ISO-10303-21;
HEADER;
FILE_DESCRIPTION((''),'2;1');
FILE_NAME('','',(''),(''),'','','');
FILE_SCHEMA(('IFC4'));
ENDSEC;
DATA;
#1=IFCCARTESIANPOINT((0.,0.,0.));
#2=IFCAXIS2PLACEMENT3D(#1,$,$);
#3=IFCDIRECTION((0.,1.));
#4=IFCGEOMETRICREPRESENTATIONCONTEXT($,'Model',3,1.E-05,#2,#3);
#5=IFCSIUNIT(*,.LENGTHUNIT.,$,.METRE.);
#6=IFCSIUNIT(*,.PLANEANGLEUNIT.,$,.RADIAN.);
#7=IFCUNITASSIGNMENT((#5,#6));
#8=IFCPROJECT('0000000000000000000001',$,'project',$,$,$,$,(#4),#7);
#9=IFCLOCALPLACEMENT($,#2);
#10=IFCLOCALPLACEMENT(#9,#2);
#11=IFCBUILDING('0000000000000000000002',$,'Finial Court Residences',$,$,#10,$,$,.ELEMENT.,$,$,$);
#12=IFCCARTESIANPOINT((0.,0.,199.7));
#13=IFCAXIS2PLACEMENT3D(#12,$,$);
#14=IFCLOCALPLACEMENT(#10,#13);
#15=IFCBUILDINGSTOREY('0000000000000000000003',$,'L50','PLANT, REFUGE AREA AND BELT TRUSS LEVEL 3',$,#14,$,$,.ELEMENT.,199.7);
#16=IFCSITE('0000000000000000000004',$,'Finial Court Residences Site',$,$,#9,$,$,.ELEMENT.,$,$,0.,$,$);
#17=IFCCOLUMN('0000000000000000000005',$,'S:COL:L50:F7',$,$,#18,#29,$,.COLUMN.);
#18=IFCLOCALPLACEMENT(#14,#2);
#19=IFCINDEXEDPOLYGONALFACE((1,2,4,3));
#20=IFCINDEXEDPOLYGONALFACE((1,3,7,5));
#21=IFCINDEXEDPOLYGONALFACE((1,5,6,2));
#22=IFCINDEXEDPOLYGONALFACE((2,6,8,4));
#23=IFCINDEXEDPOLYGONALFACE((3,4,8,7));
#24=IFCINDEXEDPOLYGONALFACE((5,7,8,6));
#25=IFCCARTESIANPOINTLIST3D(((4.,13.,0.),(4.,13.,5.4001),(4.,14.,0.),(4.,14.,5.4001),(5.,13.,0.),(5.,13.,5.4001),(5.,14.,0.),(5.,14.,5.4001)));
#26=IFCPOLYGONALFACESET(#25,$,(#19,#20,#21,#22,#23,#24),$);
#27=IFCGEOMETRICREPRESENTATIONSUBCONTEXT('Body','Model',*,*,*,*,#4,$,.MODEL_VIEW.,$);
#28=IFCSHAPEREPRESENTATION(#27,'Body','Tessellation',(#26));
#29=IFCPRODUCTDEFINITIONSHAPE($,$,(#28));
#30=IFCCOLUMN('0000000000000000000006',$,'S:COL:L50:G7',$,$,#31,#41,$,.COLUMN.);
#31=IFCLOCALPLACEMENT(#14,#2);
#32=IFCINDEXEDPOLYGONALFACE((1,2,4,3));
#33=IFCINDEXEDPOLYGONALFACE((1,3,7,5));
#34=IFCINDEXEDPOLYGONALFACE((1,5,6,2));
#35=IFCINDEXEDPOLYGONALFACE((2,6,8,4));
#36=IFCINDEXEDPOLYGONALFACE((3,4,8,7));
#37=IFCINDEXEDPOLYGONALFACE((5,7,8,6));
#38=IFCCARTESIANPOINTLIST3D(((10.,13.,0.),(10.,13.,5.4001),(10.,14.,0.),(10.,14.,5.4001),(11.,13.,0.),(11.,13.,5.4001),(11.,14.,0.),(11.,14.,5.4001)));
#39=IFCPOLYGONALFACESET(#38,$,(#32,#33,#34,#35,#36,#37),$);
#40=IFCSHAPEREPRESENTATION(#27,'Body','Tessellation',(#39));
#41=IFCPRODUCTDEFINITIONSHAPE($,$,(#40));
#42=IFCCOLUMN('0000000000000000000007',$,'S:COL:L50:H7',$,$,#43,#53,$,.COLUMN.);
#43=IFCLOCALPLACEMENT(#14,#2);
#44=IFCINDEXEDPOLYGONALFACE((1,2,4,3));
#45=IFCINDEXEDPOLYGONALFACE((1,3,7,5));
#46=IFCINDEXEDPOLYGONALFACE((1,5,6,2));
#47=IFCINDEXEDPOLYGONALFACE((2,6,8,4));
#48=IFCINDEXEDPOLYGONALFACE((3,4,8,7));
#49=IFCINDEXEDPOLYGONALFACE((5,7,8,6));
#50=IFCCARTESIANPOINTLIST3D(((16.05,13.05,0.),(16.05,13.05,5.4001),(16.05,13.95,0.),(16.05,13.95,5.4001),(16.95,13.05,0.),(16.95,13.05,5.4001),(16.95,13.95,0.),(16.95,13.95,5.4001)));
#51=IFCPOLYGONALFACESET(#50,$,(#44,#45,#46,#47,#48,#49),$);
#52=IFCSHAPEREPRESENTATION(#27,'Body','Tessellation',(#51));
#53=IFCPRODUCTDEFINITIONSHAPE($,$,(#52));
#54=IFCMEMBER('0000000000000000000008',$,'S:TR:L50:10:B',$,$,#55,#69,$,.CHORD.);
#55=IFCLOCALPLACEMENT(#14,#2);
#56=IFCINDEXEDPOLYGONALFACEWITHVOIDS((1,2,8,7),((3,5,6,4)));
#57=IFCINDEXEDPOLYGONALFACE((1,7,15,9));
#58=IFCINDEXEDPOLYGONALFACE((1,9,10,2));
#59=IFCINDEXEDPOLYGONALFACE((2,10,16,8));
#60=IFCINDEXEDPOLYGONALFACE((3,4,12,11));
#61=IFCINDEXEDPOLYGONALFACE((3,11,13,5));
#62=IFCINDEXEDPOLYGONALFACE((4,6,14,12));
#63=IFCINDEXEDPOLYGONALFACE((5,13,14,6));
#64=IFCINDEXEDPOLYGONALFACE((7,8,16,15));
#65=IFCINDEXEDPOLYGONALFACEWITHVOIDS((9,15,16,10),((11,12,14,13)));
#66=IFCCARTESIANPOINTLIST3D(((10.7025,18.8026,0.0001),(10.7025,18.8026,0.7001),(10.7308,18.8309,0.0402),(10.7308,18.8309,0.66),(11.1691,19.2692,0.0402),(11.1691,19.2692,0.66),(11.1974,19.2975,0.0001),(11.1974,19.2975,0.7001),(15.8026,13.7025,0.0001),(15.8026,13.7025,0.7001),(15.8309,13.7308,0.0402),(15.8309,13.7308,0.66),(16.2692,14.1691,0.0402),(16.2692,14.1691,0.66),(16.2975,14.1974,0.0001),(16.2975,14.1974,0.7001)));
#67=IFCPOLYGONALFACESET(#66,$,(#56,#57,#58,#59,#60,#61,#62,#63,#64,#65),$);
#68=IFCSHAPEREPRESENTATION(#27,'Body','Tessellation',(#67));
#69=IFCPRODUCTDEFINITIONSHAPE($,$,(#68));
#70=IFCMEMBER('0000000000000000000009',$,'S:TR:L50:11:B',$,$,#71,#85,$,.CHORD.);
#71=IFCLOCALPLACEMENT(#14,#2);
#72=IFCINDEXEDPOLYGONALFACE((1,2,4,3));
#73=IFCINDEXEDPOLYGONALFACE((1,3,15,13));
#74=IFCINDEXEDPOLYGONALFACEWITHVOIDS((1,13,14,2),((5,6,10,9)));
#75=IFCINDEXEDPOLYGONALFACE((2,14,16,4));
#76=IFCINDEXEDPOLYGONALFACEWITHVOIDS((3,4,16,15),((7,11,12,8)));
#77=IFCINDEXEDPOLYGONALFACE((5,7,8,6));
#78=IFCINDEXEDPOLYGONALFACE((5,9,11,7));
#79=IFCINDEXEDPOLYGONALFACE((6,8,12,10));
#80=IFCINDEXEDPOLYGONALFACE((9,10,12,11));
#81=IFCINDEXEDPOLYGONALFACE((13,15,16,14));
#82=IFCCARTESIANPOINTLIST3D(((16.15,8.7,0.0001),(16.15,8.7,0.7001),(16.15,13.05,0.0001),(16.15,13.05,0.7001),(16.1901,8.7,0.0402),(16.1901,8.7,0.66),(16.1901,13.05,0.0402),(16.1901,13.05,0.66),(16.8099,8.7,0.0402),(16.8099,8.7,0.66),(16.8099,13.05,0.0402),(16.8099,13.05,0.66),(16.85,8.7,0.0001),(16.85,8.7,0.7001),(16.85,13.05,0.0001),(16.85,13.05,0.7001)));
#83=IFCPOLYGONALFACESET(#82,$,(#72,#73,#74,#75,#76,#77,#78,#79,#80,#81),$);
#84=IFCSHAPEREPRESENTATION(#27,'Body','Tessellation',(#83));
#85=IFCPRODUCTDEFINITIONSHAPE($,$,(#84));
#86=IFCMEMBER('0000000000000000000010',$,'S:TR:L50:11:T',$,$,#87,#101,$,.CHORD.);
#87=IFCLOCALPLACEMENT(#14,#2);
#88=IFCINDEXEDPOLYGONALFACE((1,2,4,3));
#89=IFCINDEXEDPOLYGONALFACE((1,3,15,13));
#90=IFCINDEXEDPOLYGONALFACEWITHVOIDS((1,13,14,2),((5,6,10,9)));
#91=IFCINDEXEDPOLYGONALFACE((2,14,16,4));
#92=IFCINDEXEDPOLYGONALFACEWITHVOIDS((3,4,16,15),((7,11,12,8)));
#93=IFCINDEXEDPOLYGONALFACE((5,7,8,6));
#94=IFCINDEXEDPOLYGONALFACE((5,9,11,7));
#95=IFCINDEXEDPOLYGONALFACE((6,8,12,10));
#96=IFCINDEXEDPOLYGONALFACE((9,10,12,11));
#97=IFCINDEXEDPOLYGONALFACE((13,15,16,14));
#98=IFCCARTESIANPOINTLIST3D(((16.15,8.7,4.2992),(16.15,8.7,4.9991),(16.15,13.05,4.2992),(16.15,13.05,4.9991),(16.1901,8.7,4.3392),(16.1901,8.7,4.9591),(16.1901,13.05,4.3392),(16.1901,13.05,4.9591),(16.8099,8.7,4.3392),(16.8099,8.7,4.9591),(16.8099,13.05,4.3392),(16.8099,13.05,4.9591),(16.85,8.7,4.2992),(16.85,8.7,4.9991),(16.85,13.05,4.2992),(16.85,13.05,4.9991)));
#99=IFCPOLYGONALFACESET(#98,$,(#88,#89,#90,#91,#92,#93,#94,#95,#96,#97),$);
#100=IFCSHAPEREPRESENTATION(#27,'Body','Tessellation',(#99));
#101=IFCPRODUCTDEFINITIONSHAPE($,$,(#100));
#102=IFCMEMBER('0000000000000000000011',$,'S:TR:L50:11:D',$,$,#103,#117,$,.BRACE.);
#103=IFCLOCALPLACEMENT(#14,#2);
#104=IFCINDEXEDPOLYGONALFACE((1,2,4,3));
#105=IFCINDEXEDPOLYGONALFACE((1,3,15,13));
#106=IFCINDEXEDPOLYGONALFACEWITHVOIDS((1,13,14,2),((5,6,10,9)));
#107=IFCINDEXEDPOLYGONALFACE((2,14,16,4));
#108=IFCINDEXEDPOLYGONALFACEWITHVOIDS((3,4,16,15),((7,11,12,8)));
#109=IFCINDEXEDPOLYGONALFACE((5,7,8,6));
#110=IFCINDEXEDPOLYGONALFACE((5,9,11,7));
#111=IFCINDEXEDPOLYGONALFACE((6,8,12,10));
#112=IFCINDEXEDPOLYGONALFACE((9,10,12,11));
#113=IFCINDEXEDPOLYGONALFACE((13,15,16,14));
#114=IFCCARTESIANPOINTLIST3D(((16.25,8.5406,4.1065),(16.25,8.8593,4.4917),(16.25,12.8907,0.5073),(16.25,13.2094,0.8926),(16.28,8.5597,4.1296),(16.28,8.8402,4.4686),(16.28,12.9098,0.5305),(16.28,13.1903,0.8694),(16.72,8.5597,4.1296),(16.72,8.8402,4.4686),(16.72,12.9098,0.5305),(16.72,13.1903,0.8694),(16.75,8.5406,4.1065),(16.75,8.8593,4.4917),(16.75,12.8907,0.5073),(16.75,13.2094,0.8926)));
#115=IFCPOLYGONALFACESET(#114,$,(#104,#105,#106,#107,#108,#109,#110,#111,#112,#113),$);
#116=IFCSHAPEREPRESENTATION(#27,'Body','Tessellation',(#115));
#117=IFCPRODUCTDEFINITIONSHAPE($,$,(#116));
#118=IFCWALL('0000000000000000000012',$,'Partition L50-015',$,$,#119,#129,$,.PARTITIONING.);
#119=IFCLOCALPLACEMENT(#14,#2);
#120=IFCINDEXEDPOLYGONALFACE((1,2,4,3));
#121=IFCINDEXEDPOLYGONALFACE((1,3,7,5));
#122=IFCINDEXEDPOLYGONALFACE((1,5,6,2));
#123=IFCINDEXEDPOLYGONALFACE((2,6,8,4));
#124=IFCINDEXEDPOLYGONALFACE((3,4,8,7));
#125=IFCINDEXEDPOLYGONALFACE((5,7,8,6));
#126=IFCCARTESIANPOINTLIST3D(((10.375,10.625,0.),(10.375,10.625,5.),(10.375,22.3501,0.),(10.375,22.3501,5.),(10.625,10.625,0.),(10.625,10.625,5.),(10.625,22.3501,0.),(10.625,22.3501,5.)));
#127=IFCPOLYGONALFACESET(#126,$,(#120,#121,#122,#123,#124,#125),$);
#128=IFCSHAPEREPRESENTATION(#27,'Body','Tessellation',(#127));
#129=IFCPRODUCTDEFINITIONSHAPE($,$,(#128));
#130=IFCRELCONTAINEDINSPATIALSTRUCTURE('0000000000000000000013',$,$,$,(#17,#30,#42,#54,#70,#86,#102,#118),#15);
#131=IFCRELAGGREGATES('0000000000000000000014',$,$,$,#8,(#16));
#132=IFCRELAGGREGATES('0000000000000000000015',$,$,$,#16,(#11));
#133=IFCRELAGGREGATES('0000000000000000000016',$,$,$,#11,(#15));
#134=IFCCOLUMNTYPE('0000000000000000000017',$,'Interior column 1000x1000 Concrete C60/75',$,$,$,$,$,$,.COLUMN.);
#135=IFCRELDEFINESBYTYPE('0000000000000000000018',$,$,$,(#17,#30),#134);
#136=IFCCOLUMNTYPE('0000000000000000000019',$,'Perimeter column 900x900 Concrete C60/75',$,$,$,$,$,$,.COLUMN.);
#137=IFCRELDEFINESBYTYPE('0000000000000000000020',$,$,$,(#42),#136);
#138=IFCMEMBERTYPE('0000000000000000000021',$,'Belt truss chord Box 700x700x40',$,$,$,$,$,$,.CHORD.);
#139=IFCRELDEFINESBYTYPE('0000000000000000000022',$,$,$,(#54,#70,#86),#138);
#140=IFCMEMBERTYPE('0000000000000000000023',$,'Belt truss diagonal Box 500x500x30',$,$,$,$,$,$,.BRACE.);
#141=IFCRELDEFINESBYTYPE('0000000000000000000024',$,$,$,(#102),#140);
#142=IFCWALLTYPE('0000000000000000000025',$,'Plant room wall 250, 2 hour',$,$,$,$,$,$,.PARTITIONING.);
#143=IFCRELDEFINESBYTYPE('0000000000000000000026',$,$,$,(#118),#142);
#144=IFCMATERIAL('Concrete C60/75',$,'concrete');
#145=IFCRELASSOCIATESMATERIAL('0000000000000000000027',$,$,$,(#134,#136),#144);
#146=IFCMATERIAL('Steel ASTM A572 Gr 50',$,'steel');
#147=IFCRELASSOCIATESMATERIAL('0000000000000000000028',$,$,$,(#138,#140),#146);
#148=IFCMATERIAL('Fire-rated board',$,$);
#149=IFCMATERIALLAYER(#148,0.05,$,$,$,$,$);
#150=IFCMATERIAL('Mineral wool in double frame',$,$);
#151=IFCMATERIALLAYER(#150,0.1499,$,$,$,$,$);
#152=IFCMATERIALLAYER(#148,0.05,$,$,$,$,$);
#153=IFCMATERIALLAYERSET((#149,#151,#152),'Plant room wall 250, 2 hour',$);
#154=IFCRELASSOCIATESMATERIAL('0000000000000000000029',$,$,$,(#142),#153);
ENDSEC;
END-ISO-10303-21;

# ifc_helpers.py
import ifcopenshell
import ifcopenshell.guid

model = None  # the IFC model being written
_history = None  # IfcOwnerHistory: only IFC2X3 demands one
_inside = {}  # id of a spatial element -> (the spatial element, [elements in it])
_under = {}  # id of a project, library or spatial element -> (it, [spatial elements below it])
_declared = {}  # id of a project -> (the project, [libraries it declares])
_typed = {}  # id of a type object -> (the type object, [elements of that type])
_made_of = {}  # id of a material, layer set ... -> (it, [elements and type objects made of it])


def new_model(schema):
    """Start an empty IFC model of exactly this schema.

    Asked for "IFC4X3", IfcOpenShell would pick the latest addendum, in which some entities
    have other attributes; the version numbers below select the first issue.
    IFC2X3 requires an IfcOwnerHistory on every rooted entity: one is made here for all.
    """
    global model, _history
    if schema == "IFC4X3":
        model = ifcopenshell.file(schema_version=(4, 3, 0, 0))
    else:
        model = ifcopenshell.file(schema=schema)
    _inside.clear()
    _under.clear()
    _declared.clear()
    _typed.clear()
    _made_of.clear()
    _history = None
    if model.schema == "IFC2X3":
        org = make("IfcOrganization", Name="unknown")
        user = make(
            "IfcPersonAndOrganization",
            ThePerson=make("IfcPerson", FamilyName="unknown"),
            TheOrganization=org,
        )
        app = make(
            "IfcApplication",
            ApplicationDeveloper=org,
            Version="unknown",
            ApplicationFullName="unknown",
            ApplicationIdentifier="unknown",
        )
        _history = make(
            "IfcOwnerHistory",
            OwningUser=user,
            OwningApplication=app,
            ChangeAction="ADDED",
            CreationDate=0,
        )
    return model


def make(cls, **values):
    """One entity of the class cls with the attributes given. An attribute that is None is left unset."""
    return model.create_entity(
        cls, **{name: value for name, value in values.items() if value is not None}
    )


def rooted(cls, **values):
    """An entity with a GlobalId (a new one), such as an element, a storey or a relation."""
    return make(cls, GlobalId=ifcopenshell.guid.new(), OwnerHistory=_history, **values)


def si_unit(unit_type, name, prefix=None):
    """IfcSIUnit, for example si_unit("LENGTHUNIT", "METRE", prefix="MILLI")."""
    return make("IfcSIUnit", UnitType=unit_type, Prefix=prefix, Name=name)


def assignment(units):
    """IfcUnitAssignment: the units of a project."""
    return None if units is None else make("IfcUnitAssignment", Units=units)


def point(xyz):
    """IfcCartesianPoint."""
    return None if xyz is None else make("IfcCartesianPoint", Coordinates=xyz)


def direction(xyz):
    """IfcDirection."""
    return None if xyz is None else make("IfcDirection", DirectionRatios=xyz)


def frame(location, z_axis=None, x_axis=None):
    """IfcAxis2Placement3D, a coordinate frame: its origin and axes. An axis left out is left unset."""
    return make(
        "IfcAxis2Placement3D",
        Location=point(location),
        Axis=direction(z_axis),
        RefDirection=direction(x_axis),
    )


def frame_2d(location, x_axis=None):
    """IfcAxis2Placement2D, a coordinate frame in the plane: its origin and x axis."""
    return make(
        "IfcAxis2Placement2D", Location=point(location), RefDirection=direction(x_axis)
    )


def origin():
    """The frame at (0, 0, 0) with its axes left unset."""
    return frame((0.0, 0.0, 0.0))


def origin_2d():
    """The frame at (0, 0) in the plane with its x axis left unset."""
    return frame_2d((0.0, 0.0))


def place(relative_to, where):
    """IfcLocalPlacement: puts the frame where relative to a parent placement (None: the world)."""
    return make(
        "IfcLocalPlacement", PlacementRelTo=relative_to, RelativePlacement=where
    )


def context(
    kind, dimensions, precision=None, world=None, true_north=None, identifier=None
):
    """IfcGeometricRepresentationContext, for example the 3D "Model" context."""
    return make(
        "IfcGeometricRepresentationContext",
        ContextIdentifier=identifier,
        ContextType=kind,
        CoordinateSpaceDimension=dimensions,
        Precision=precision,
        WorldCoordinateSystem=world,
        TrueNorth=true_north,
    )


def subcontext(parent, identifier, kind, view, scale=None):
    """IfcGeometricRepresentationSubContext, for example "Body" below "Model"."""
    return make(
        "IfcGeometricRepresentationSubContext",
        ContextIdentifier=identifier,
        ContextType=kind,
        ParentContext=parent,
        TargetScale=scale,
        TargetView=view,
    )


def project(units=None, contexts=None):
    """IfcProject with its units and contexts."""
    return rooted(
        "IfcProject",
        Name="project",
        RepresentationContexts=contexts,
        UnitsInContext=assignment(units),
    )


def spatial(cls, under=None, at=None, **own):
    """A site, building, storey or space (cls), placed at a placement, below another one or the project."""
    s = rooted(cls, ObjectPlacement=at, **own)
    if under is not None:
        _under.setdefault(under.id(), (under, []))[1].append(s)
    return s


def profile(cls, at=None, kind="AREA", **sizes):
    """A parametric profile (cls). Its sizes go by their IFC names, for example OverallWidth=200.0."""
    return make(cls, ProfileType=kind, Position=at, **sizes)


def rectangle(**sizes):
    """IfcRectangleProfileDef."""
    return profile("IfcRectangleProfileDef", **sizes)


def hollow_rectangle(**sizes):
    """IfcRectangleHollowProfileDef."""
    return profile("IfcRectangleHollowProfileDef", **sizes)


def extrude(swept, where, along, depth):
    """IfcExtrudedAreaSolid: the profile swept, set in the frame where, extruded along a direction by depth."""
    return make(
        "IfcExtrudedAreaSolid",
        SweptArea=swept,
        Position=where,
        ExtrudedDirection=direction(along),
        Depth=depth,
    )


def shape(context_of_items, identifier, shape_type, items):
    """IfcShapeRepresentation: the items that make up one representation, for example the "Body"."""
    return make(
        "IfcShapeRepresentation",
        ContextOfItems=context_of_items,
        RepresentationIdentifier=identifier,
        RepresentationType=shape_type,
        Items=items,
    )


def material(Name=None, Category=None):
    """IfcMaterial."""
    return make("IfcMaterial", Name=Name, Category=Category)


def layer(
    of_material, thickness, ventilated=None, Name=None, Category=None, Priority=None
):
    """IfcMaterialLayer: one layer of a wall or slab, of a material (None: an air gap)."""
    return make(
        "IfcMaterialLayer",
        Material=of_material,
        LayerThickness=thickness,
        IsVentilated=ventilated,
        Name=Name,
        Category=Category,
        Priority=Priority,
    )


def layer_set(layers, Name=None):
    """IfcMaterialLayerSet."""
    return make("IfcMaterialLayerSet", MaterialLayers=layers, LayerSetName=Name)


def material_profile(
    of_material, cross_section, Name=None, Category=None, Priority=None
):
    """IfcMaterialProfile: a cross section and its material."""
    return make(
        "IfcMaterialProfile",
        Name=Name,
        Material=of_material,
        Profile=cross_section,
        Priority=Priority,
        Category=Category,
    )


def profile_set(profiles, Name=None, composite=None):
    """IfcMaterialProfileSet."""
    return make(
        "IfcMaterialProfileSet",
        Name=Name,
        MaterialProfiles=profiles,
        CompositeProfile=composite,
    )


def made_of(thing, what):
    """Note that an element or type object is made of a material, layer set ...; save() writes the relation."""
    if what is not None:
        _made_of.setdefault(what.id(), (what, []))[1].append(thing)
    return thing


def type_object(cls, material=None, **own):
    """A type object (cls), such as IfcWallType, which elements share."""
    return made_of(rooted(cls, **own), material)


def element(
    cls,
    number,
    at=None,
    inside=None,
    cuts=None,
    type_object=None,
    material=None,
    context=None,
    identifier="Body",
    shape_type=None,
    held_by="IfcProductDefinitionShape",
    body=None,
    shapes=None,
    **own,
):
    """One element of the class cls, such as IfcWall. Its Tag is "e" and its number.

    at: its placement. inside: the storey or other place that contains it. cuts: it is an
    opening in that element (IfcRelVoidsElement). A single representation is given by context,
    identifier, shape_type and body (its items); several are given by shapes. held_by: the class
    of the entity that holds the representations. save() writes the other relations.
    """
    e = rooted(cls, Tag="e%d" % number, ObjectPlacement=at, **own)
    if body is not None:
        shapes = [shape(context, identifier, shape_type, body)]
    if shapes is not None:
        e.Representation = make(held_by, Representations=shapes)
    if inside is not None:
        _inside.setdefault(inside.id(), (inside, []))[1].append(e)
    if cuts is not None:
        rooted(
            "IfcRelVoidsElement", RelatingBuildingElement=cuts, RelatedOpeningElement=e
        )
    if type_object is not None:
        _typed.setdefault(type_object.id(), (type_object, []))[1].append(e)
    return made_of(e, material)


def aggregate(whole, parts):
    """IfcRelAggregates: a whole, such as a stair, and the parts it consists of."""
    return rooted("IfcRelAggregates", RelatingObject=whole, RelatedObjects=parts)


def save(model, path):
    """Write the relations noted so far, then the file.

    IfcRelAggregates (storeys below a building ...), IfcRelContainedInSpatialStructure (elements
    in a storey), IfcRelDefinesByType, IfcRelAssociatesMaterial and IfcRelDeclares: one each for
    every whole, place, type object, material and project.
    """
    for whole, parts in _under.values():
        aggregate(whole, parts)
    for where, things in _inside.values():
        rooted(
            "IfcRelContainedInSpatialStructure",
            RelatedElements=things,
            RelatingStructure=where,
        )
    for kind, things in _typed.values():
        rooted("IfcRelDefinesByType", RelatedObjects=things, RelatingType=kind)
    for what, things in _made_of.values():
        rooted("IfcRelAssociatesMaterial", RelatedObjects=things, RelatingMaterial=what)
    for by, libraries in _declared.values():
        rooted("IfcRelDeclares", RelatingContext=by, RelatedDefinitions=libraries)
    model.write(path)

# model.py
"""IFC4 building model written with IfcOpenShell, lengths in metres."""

from ifc_helpers import new_model, si_unit, direction, frame, frame_2d, origin, origin_2d, place, context, subcontext, project, spatial, rectangle, hollow_rectangle, extrude, material, layer, layer_set, material_profile, profile_set, type_object, element, save


model = new_model("IFC4")

# Units and contexts
model_context = context("Model", 3, precision=1e-05, world=origin(), true_north=direction((0.0, 1.0)))
body_context = subcontext(model_context, "Body", "Model", "MODEL_VIEW")
ifc_project = project(units=[si_unit("LENGTHUNIT", "METRE"), si_unit("PLANEANGLEUNIT", "RADIAN")], contexts=[model_context])

# Site, building, storey
site_placement = place(None, origin())
site = spatial("IfcSite", under=ifc_project, at=site_placement, Name="Finial Court Residences Site", CompositionType="ELEMENT", RefElevation=0.0)
building_placement = place(site_placement, origin())
building = spatial("IfcBuilding", under=site, at=building_placement, Name="Finial Court Residences", CompositionType="ELEMENT")
storey_placement = place(building_placement, frame((0.0, 0.0, 199.7)))
storey = spatial("IfcBuildingStorey", under=building, at=storey_placement, Name="L50", Description="PLANT, REFUGE AREA AND BELT TRUSS LEVEL 3", CompositionType="ELEMENT", Elevation=199.7)

# Columns
ifc_material_1 = material(Name="Concrete C60/75", Category="concrete")
ifc_material_profile_1 = material_profile(ifc_material_1, rectangle(XDim=1.0, YDim=1.0, at=origin_2d()), Name="1000x1000")
ifc_profile_set_1 = profile_set([ifc_material_profile_1], Name="Concrete C60/75")
column_type_1 = type_object("IfcColumnType", Name="Interior column 1000x1000 Concrete C60/75", PredefinedType="COLUMN", material=ifc_profile_set_1)
for number, where, z_axis, x_axis, name in (
    (1, (4.5, 13.5, 0.0), (0.0, 0.0, 1.0), (1.0, 0.0, 0.0), "S:COL:L50:F7"),
    (2, (10.5, 13.5, 0.0), (0.0, 0.0, 1.0), (1.0, 0.0, 0.0), "S:COL:L50:G7"),
):
    element("IfcColumn", number, at=place(storey_placement, frame(where, z_axis=z_axis, x_axis=x_axis)), inside=storey, type_object=column_type_1, Name=name, PredefinedType="COLUMN", context=body_context, shape_type="SweptSolid", body=[
        extrude(rectangle(XDim=1.0, YDim=1.0, at=origin_2d()), origin(), (0.0, 0.0, 1.0), 5.4001),
    ])
ifc_material_profile_2 = material_profile(ifc_material_1, rectangle(XDim=0.8999, YDim=0.8999, at=origin_2d()), Name="900x900")
ifc_profile_set_2 = profile_set([ifc_material_profile_2], Name="Concrete C60/75")
column_type_2 = type_object("IfcColumnType", Name="Perimeter column 900x900 Concrete C60/75", PredefinedType="COLUMN", material=ifc_profile_set_2)
column_placement = place(storey_placement, frame((16.5, 13.5, 0.0), z_axis=(0.0, 0.0, 1.0), x_axis=(1.0, 0.0, 0.0)))
element("IfcColumn", 3, at=column_placement, inside=storey, type_object=column_type_2, Name="S:COL:L50:H7", PredefinedType="COLUMN", context=body_context, shape_type="SweptSolid", body=[
    extrude(rectangle(XDim=0.8999, YDim=0.8999, at=origin_2d()), origin(), (0.0, 0.0, 1.0), 5.4001),
])

# Members
ifc_material_2 = material(Name="Steel ASTM A572 Gr 50", Category="steel")
ifc_material_profile_3 = material_profile(ifc_material_2, hollow_rectangle(XDim=0.7, YDim=0.7, WallThickness=0.04, at=origin_2d()), Name="Box 700x700x40")
ifc_profile_set_3 = profile_set([ifc_material_profile_3], Name="Steel ASTM A572 Gr 50")
member_type_1 = type_object("IfcMemberType", Name="Belt truss chord Box 700x700x40", PredefinedType="CHORD", material=ifc_profile_set_3)
member_1_placement = place(storey_placement, frame((10.95, 19.05, 0.3501), z_axis=(0.707107, -0.707107, 0.0), x_axis=(0.707107, 0.707107, 0.0)))
element("IfcMember", 4, at=member_1_placement, inside=storey, type_object=member_type_1, Name="S:TR:L50:10:B", PredefinedType="CHORD", context=body_context, shape_type="SweptSolid", body=[
    extrude(hollow_rectangle(XDim=0.7, YDim=0.7, WallThickness=0.04, at=origin_2d()), origin(), (0.0, 0.0, 1.0), 7.2126),
])
for number, where, z_axis, x_axis, name in (
    (5, (16.5, 13.05, 0.3501), (0.0, -1.0, 0.0), (1.0, 0.0, 0.0), "S:TR:L50:11:B"),
    (6, (16.5, 13.05, 4.6492), (0.0, -1.0, 0.0), (1.0, 0.0, 0.0), "S:TR:L50:11:T"),
):
    element("IfcMember", number, at=place(storey_placement, frame(where, z_axis=z_axis, x_axis=x_axis)), inside=storey, type_object=member_type_1, Name=name, PredefinedType="CHORD", context=body_context, shape_type="SweptSolid", body=[
        extrude(hollow_rectangle(XDim=0.7, YDim=0.7, WallThickness=0.04, at=origin_2d()), origin(), (0.0, 0.0, 1.0), 4.3501),
    ])
ifc_material_profile_4 = material_profile(ifc_material_2, hollow_rectangle(XDim=0.5, YDim=0.5, WallThickness=0.03, at=origin_2d()), Name="Box 500x500x30")
ifc_profile_set_4 = profile_set([ifc_material_profile_4], Name="Steel ASTM A572 Gr 50")
member_type_2 = type_object("IfcMemberType", Name="Belt truss diagonal Box 500x500x30", PredefinedType="BRACE", material=ifc_profile_set_4)
member_2_placement = place(storey_placement, frame((16.5, 13.05, 0.7), z_axis=(0.0, -0.770478, 0.637467), x_axis=(1.0, 0.0, 0.0)))
element("IfcMember", 7, at=member_2_placement, inside=storey, type_object=member_type_2, Name="S:TR:L50:11:D", PredefinedType="BRACE", context=body_context, shape_type="SweptSolid", body=[
    extrude(hollow_rectangle(XDim=0.5, YDim=0.5, WallThickness=0.03, at=origin_2d()), origin(), (0.0, 0.0, 1.0), 5.646),
])

# Wall
ifc_material_3 = material(Name="Fire-rated board")
ifc_layer_1 = layer(ifc_material_3, 0.05)
ifc_material_4 = material(Name="Mineral wool in double frame")
ifc_layer_2 = layer(ifc_material_4, 0.1499)
ifc_layer_3 = layer(ifc_material_3, 0.05)
ifc_layer_set_1 = layer_set([ifc_layer_1, ifc_layer_2, ifc_layer_3], Name="Plant room wall 250, 2 hour")
wall_type_1 = type_object("IfcWallType", Name="Plant room wall 250, 2 hour", PredefinedType="PARTITIONING", material=ifc_layer_set_1)
wall_1_placement = place(storey_placement, frame((10.5, 10.625, 0.0), z_axis=(0.0, 0.0, 1.0), x_axis=(0.0, 1.0, 0.0)))
element("IfcWall", 8, at=wall_1_placement, inside=storey, type_object=wall_type_1, Name="Partition L50-015", PredefinedType="PARTITIONING", context=body_context, shape_type="SweptSolid", body=[
    extrude(rectangle(XDim=11.7251, YDim=0.25, at=frame_2d((5.8625, 0.0))), origin(), (0.0, 0.0, 1.0), 5.0),
])

save(model, "model.ifc")
